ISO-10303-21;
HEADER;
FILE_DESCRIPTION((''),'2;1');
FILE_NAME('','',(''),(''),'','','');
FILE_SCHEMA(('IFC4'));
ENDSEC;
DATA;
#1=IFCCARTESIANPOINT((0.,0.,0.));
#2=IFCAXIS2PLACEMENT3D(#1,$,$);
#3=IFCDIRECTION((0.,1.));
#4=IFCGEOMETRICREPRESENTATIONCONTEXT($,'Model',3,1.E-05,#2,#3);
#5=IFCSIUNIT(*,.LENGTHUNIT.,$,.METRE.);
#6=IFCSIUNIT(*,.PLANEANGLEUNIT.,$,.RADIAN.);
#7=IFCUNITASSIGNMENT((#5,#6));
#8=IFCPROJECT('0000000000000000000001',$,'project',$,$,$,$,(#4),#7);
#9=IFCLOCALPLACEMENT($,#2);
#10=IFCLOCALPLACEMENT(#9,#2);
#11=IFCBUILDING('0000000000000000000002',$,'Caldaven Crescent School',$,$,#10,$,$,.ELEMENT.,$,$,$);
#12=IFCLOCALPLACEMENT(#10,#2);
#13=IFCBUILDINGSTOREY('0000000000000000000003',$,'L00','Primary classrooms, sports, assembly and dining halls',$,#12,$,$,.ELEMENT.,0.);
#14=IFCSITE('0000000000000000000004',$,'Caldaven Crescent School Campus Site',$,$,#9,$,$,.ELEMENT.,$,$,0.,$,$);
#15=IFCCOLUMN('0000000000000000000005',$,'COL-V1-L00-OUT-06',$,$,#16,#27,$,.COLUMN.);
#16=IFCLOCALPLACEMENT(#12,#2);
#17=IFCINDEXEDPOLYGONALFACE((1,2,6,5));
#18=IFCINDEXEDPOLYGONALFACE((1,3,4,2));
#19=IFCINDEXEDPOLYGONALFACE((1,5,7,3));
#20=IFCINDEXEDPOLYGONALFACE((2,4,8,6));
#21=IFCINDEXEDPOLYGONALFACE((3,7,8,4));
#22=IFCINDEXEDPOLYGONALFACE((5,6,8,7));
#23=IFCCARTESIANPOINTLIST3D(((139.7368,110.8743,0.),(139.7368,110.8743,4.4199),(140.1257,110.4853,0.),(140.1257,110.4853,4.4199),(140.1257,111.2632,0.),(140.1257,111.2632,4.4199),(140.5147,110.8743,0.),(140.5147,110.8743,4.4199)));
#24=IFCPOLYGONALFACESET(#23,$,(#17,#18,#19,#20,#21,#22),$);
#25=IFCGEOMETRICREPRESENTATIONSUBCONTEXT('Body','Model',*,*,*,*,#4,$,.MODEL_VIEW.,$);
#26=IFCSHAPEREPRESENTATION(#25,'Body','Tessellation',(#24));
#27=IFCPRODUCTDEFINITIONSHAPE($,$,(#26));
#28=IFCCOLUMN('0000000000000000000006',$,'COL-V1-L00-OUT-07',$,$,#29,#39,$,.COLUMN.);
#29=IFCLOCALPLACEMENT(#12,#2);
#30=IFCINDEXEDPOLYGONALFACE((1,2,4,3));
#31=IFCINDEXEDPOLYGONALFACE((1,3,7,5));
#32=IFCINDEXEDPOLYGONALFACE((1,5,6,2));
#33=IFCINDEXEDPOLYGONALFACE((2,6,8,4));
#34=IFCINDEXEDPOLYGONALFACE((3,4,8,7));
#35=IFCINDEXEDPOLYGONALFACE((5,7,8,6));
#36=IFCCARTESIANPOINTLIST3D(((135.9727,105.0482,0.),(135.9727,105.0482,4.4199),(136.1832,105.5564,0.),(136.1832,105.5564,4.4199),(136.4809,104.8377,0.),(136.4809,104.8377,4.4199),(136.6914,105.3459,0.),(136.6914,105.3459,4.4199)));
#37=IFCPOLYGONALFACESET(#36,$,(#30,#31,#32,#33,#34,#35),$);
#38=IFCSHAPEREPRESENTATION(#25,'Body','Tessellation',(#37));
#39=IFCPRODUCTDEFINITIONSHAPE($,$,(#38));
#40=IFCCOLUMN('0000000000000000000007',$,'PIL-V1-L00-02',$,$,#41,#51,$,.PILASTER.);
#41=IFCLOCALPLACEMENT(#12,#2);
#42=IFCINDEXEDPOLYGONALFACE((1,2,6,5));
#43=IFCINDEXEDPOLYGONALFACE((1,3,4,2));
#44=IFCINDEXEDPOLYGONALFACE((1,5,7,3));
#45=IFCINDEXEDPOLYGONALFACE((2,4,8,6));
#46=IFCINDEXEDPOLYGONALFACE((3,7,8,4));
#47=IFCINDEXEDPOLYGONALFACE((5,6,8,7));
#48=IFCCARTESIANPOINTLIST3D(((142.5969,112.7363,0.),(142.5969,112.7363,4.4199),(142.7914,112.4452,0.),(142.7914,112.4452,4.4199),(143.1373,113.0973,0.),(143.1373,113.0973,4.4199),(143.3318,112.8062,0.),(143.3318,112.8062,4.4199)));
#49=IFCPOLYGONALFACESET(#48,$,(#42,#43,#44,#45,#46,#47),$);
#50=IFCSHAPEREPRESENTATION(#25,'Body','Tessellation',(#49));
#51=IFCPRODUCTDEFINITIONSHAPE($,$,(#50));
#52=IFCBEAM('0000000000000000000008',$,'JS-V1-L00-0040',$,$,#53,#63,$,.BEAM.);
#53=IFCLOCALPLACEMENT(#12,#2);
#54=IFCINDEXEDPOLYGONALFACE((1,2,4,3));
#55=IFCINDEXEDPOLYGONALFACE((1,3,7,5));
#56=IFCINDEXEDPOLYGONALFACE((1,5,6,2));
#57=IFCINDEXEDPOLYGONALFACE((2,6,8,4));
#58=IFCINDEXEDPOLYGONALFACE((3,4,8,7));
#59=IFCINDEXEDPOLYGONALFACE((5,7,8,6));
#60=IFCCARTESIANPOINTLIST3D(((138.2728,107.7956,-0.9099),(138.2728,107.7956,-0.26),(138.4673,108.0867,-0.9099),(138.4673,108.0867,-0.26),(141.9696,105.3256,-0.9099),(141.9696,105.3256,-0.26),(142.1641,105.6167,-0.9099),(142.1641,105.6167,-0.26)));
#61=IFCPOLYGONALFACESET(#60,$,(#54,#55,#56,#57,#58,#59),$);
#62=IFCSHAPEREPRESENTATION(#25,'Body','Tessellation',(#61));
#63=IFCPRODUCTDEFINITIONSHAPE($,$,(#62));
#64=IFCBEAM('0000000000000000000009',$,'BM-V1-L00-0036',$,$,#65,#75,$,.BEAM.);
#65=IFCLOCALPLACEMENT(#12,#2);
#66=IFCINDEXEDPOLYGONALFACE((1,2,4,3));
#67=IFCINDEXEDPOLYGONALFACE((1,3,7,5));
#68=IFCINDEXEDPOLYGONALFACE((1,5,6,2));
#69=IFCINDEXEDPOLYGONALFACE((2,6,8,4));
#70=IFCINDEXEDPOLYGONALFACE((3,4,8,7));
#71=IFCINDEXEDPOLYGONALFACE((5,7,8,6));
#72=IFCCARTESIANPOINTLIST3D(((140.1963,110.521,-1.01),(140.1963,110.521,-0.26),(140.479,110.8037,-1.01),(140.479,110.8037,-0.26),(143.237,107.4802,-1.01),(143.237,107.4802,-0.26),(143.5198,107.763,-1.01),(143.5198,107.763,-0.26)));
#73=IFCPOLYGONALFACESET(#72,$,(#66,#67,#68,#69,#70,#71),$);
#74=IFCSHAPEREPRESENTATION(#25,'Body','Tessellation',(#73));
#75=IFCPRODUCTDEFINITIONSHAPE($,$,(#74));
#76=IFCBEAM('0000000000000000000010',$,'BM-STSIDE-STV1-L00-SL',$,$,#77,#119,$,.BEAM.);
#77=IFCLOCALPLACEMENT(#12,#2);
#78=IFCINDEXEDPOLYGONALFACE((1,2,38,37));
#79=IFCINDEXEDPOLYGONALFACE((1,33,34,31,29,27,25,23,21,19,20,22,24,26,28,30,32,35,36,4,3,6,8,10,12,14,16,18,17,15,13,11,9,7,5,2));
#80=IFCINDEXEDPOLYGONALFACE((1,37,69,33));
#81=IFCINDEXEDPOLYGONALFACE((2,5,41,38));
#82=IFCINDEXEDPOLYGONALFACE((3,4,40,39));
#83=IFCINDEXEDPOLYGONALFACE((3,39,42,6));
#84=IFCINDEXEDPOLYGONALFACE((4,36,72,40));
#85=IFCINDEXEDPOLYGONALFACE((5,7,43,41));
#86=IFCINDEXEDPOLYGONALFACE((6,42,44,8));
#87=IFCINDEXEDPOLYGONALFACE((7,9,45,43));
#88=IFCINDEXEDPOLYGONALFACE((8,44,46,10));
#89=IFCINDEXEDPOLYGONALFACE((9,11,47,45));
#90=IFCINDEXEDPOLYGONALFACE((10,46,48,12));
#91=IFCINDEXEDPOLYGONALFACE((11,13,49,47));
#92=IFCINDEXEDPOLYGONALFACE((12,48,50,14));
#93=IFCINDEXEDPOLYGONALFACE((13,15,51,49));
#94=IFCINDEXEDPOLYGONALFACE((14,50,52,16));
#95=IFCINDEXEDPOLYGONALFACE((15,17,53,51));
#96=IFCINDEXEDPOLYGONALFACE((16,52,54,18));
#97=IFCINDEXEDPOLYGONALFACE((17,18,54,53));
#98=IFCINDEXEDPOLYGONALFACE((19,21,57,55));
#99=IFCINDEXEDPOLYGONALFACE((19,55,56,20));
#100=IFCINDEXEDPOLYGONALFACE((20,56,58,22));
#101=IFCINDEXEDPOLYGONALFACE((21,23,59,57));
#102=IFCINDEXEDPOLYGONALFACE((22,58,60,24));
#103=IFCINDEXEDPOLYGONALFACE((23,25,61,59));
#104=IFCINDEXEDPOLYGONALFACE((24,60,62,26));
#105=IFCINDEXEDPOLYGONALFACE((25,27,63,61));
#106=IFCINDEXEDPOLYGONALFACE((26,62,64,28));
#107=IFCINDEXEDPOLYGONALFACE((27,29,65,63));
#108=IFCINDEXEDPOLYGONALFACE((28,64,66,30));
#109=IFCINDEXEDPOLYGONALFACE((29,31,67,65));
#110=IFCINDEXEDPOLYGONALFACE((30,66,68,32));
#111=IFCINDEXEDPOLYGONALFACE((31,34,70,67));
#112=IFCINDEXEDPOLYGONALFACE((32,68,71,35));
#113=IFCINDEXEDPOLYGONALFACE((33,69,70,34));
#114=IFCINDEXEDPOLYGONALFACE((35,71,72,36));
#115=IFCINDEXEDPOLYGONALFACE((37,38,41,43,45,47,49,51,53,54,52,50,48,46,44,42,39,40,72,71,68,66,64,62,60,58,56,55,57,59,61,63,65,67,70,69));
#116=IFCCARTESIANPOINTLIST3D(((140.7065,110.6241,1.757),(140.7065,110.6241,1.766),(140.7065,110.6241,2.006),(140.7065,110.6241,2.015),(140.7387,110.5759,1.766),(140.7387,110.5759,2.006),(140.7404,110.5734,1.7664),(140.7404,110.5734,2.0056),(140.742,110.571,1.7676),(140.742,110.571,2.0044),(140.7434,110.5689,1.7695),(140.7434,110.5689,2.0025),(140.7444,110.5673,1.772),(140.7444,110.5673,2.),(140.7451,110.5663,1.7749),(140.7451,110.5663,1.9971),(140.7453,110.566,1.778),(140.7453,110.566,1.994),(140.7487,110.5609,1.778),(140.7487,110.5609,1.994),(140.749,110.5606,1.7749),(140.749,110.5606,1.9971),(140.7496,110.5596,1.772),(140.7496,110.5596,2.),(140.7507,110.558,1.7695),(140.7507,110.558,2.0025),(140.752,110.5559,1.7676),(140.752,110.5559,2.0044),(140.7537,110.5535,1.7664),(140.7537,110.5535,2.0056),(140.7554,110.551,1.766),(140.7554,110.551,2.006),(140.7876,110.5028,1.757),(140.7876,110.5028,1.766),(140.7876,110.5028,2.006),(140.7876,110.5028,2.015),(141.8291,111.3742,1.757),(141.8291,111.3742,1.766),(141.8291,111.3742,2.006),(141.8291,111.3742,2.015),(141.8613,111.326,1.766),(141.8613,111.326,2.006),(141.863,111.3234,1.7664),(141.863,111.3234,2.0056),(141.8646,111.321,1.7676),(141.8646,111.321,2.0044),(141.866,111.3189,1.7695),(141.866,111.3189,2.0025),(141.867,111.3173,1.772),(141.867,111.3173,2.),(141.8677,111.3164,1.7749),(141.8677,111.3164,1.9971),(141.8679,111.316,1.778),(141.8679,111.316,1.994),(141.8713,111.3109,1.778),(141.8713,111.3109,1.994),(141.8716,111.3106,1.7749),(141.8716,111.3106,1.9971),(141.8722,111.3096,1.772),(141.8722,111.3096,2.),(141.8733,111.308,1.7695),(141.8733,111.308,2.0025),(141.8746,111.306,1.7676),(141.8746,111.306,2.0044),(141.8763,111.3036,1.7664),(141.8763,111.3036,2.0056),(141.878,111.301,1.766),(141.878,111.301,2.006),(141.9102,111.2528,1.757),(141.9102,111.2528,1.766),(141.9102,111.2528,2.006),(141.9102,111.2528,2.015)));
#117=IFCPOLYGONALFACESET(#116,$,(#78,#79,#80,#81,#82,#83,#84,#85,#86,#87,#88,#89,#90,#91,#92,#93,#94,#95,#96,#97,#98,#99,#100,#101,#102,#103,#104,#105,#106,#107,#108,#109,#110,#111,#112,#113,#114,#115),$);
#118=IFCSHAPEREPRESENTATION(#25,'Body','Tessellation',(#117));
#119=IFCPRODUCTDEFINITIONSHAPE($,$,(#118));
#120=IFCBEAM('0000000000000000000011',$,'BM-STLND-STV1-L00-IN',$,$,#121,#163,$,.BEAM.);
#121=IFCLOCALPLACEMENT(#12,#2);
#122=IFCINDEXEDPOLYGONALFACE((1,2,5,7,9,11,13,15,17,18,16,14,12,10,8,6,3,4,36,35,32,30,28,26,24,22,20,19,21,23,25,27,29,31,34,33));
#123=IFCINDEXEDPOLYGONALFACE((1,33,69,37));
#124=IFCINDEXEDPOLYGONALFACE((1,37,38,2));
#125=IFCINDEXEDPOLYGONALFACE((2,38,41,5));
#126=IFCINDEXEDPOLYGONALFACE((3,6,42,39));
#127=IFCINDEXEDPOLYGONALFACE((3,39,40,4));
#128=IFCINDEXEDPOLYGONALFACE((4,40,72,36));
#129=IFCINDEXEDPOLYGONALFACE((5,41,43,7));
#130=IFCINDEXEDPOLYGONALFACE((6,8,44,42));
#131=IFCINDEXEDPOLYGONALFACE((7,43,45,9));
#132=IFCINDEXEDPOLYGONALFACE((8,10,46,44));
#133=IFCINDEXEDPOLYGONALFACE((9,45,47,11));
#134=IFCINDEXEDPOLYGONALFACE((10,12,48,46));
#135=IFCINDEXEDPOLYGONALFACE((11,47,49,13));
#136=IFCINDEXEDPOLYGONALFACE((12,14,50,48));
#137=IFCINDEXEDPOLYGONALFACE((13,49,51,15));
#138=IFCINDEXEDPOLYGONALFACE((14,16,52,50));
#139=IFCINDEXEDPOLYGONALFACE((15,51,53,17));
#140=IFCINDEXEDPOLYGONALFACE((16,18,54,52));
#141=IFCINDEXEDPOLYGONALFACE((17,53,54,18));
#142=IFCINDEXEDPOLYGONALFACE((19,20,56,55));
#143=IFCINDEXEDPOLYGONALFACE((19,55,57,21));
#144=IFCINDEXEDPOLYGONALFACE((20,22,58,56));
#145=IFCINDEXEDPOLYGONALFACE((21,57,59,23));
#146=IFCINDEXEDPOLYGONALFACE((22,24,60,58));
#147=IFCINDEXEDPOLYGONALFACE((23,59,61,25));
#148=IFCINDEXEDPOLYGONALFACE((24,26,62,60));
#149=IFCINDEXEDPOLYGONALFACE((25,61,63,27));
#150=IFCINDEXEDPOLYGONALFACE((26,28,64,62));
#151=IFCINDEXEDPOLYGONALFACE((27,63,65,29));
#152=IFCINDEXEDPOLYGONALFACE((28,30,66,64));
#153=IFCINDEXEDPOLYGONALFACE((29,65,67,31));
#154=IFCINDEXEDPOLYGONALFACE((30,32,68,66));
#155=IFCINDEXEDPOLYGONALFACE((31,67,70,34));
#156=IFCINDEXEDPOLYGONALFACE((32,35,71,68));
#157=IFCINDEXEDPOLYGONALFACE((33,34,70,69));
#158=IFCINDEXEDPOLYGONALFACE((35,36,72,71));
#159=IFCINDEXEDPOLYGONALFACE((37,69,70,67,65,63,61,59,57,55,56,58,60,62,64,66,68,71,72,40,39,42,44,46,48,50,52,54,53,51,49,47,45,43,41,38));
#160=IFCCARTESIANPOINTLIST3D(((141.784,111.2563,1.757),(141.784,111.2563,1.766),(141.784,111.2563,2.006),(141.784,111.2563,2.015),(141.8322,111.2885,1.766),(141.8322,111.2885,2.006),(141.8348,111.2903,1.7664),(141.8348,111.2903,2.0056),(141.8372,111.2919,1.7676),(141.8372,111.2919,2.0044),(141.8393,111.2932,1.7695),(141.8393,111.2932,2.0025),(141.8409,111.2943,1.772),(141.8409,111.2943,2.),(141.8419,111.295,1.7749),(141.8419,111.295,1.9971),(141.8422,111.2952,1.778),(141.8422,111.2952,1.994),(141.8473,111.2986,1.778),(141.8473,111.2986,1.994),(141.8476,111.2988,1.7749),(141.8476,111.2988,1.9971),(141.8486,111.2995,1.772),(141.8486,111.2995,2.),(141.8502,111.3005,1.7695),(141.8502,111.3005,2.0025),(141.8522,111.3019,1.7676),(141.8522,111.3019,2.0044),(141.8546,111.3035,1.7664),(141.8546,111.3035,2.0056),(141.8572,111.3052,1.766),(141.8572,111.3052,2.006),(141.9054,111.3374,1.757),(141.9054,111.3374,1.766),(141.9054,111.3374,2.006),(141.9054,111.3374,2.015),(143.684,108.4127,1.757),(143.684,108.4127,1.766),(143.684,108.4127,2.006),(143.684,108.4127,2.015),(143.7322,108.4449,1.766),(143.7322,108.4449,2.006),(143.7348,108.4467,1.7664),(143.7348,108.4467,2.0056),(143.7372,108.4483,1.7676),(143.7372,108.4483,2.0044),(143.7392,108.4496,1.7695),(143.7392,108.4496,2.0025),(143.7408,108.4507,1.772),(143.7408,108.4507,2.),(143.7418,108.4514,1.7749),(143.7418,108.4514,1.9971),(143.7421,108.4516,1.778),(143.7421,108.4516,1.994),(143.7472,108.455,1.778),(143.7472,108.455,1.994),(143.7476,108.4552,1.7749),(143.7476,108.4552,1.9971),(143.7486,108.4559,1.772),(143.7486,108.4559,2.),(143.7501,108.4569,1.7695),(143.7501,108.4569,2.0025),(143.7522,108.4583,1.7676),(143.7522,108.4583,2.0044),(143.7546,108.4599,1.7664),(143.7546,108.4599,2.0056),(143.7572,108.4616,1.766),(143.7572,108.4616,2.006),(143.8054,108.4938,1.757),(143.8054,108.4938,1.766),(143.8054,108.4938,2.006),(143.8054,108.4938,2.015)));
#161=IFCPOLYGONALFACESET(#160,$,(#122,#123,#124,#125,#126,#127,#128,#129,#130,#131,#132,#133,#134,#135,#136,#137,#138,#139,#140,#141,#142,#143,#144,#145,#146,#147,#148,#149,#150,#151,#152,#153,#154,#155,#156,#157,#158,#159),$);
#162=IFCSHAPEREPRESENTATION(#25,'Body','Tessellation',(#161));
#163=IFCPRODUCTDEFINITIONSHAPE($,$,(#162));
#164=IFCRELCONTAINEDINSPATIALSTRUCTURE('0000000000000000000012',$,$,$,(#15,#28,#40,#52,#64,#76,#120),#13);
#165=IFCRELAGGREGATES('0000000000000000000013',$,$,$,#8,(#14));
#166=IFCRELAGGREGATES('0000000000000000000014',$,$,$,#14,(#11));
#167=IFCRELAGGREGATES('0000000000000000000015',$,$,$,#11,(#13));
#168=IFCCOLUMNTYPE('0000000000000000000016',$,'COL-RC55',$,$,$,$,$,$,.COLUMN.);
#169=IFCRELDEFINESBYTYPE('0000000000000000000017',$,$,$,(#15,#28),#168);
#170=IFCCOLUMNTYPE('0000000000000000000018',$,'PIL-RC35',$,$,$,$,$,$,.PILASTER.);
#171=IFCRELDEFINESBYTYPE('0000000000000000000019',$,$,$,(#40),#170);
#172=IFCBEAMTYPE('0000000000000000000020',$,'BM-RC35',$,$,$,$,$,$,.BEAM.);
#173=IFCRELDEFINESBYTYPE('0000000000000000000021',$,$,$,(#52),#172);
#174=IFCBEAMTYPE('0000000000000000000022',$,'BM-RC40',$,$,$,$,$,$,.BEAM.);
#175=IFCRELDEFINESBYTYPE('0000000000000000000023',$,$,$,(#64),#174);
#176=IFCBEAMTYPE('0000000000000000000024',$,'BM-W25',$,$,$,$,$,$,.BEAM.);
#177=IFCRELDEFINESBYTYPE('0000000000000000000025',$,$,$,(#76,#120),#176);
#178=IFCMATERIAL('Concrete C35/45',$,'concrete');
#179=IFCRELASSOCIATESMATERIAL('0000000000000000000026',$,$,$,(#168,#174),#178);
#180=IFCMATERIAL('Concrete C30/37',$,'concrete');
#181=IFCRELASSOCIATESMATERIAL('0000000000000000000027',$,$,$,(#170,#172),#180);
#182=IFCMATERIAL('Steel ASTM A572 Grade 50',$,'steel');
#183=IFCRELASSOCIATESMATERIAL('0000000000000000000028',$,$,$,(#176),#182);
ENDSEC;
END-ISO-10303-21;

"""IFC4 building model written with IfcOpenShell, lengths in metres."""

from ifc_helpers import new_model, si_unit, direction, frame, origin, origin_2d, place, context, subcontext, project, spatial, rectangle, i_section, extrude, material, material_profile, profile_set, type_object, element, save


model = new_model("IFC4")

# Units and contexts
model_context = context("Model", 3, precision=1e-05, world=origin(), true_north=direction((0.0, 1.0)))
body_context = subcontext(model_context, "Body", "Model", "MODEL_VIEW")
ifc_project = project(units=[si_unit("LENGTHUNIT", "METRE"), si_unit("PLANEANGLEUNIT", "RADIAN")], contexts=[model_context])

# Site, building, storey
site_placement = place(None, origin())
site = spatial("IfcSite", under=ifc_project, at=site_placement, Name="Caldaven Crescent School Campus Site", CompositionType="ELEMENT", RefElevation=0.0)
building_placement = place(site_placement, origin())
building = spatial("IfcBuilding", under=site, at=building_placement, Name="Caldaven Crescent School", CompositionType="ELEMENT")
storey_placement = place(building_placement, origin())
storey = spatial("IfcBuildingStorey", under=building, at=storey_placement, Name="L00", Description="Primary classrooms, sports, assembly and dining halls", CompositionType="ELEMENT", Elevation=0.0)

# Columns
ifc_material_1 = material(Name="Steel ASTM A572 Grade 50", Category="steel")
ifc_material_2 = material(Name="Concrete C35/45", Category="concrete")
ifc_material_profile_1 = material_profile(ifc_material_2, rectangle(XDim=0.55, YDim=0.55, at=origin_2d()), Name="RC 550x550")
ifc_profile_set_1 = profile_set([ifc_material_profile_1], Name="Concrete C35/45")
column_type_1 = type_object("IfcColumnType", Name="COL-RC55", PredefinedType="COLUMN", material=ifc_profile_set_1)
for number, where, z_axis, x_axis, name in (
    (1, (140.1257, 110.8743, 0.0), (0.0, 0.0, 1.0), (-0.707107, 0.707107, 0.0), "COL-V1-L00-OUT-06"),
    (2, (136.332, 105.197, 0.0), (0.0, 0.0, 1.0), (-0.92388, 0.382683, 0.0), "COL-V1-L00-OUT-07"),
):
    element("IfcColumn", number, at=place(storey_placement, frame(where, z_axis=z_axis, x_axis=x_axis)), inside=storey, type_object=column_type_1, Name=name, PredefinedType="COLUMN", context=body_context, shape_type="SweptSolid", body=[
        extrude(rectangle(XDim=0.55, YDim=0.55, at=origin_2d()), origin(), (0.0, 0.0, 1.0), 4.4199),
    ])
ifc_material_3 = material(Name="Concrete C30/37", Category="concrete")
ifc_material_profile_2 = material_profile(ifc_material_3, rectangle(XDim=0.3501, YDim=0.6499, at=origin_2d()), Name="RC 350x650")
ifc_profile_set_2 = profile_set([ifc_material_profile_2], Name="Concrete C30/37")
column_type_2 = type_object("IfcColumnType", Name="PIL-RC35", PredefinedType="PILASTER", material=ifc_profile_set_2)
column_placement = place(storey_placement, frame((142.9644, 112.7712, 0.0), z_axis=(0.0, 0.0, 1.0), x_axis=(-0.55557, 0.83147, 0.0)))
element("IfcColumn", 3, at=column_placement, inside=storey, type_object=column_type_2, Name="PIL-V1-L00-02", PredefinedType="PILASTER", context=body_context, shape_type="SweptSolid", body=[
    extrude(rectangle(XDim=0.3501, YDim=0.6499, at=origin_2d()), origin(), (0.0, 0.0, 1.0), 4.4199),
])

# Beams
ifc_material_profile_3 = material_profile(ifc_material_3, rectangle(XDim=0.3501, YDim=0.6499, at=origin_2d()), Name="RC 350x650")
ifc_profile_set_3 = profile_set([ifc_material_profile_3], Name="Concrete C30/37")
beam_type_1 = type_object("IfcBeamType", Name="BM-RC35", PredefinedType="BEAM", material=ifc_profile_set_3)
beam_1_placement = place(storey_placement, frame((142.0669, 105.4712, -0.585), z_axis=(-0.831484, 0.555549, 0.0), x_axis=(-0.555549, -0.831484, 0.0)))
element("IfcBeam", 4, at=beam_1_placement, inside=storey, type_object=beam_type_1, Name="JS-V1-L00-0040", PredefinedType="BEAM", context=body_context, shape_type="SweptSolid", body=[
    extrude(rectangle(XDim=0.3501, YDim=0.6499, at=origin_2d()), origin(), (0.0, 0.0, 1.0), 4.446),
])
ifc_material_profile_4 = material_profile(ifc_material_2, rectangle(XDim=0.3999, YDim=0.75, at=origin_2d()), Name="RC 400x750")
ifc_profile_set_4 = profile_set([ifc_material_profile_4], Name="Concrete C35/45")
beam_type_2 = type_object("IfcBeamType", Name="BM-RC40", PredefinedType="BEAM", material=ifc_profile_set_4)
beam_2_placement = place(storey_placement, frame((143.3784, 107.6216, -0.635), z_axis=(-0.707107, 0.707107, 0.0), x_axis=(-0.707107, -0.707107, 0.0)))
element("IfcBeam", 5, at=beam_2_placement, inside=storey, type_object=beam_type_2, Name="BM-V1-L00-0036", PredefinedType="BEAM", context=body_context, shape_type="SweptSolid", body=[
    extrude(rectangle(XDim=0.3999, YDim=0.75, at=origin_2d()), origin(), (0.0, 0.0, 1.0), 4.3003),
])
ifc_material_profile_5 = material_profile(ifc_material_1, i_section(OverallWidth=0.146, OverallDepth=0.2581, WebThickness=0.0061, FlangeThickness=0.009, FilletRadius=0.012, at=origin_2d()), Name="W250x33")
ifc_profile_set_5 = profile_set([ifc_material_profile_5], Name="Steel ASTM A572 Grade 50")
beam_type_3 = type_object("IfcBeamType", Name="BM-W25", PredefinedType="BEAM", material=ifc_profile_set_5)
beam_3_placement = place(storey_placement, frame((141.8696, 111.3135, 1.886), z_axis=(-0.831493, -0.555535, 0.0), x_axis=(0.555535, -0.831493, 0.0)))
element("IfcBeam", 6, at=beam_3_placement, inside=storey, type_object=beam_type_3, Name="BM-STSIDE-STV1-L00-SL", PredefinedType="BEAM", context=body_context, shape_type="SweptSolid", body=[
    extrude(i_section(OverallWidth=0.146, OverallDepth=0.2581, WebThickness=0.0061, FlangeThickness=0.009, FilletRadius=0.012, at=origin_2d()), origin(), (0.0, 0.0, 1.0), 1.3501),
])
beam_4_placement = place(storey_placement, frame((141.8447, 111.2969, 1.886), z_axis=(0.555557, -0.831479, 0.0), x_axis=(0.831479, 0.555557, 0.0)))
element("IfcBeam", 7, at=beam_4_placement, inside=storey, type_object=beam_type_3, Name="BM-STLND-STV1-L00-IN", PredefinedType="BEAM", context=body_context, shape_type="SweptSolid", body=[
    extrude(i_section(OverallWidth=0.146, OverallDepth=0.2581, WebThickness=0.0061, FlangeThickness=0.009, FilletRadius=0.012, at=origin_2d()), origin(), (0.0, 0.0, 1.0), 3.4199),
])

save(model, "model.ifc")
